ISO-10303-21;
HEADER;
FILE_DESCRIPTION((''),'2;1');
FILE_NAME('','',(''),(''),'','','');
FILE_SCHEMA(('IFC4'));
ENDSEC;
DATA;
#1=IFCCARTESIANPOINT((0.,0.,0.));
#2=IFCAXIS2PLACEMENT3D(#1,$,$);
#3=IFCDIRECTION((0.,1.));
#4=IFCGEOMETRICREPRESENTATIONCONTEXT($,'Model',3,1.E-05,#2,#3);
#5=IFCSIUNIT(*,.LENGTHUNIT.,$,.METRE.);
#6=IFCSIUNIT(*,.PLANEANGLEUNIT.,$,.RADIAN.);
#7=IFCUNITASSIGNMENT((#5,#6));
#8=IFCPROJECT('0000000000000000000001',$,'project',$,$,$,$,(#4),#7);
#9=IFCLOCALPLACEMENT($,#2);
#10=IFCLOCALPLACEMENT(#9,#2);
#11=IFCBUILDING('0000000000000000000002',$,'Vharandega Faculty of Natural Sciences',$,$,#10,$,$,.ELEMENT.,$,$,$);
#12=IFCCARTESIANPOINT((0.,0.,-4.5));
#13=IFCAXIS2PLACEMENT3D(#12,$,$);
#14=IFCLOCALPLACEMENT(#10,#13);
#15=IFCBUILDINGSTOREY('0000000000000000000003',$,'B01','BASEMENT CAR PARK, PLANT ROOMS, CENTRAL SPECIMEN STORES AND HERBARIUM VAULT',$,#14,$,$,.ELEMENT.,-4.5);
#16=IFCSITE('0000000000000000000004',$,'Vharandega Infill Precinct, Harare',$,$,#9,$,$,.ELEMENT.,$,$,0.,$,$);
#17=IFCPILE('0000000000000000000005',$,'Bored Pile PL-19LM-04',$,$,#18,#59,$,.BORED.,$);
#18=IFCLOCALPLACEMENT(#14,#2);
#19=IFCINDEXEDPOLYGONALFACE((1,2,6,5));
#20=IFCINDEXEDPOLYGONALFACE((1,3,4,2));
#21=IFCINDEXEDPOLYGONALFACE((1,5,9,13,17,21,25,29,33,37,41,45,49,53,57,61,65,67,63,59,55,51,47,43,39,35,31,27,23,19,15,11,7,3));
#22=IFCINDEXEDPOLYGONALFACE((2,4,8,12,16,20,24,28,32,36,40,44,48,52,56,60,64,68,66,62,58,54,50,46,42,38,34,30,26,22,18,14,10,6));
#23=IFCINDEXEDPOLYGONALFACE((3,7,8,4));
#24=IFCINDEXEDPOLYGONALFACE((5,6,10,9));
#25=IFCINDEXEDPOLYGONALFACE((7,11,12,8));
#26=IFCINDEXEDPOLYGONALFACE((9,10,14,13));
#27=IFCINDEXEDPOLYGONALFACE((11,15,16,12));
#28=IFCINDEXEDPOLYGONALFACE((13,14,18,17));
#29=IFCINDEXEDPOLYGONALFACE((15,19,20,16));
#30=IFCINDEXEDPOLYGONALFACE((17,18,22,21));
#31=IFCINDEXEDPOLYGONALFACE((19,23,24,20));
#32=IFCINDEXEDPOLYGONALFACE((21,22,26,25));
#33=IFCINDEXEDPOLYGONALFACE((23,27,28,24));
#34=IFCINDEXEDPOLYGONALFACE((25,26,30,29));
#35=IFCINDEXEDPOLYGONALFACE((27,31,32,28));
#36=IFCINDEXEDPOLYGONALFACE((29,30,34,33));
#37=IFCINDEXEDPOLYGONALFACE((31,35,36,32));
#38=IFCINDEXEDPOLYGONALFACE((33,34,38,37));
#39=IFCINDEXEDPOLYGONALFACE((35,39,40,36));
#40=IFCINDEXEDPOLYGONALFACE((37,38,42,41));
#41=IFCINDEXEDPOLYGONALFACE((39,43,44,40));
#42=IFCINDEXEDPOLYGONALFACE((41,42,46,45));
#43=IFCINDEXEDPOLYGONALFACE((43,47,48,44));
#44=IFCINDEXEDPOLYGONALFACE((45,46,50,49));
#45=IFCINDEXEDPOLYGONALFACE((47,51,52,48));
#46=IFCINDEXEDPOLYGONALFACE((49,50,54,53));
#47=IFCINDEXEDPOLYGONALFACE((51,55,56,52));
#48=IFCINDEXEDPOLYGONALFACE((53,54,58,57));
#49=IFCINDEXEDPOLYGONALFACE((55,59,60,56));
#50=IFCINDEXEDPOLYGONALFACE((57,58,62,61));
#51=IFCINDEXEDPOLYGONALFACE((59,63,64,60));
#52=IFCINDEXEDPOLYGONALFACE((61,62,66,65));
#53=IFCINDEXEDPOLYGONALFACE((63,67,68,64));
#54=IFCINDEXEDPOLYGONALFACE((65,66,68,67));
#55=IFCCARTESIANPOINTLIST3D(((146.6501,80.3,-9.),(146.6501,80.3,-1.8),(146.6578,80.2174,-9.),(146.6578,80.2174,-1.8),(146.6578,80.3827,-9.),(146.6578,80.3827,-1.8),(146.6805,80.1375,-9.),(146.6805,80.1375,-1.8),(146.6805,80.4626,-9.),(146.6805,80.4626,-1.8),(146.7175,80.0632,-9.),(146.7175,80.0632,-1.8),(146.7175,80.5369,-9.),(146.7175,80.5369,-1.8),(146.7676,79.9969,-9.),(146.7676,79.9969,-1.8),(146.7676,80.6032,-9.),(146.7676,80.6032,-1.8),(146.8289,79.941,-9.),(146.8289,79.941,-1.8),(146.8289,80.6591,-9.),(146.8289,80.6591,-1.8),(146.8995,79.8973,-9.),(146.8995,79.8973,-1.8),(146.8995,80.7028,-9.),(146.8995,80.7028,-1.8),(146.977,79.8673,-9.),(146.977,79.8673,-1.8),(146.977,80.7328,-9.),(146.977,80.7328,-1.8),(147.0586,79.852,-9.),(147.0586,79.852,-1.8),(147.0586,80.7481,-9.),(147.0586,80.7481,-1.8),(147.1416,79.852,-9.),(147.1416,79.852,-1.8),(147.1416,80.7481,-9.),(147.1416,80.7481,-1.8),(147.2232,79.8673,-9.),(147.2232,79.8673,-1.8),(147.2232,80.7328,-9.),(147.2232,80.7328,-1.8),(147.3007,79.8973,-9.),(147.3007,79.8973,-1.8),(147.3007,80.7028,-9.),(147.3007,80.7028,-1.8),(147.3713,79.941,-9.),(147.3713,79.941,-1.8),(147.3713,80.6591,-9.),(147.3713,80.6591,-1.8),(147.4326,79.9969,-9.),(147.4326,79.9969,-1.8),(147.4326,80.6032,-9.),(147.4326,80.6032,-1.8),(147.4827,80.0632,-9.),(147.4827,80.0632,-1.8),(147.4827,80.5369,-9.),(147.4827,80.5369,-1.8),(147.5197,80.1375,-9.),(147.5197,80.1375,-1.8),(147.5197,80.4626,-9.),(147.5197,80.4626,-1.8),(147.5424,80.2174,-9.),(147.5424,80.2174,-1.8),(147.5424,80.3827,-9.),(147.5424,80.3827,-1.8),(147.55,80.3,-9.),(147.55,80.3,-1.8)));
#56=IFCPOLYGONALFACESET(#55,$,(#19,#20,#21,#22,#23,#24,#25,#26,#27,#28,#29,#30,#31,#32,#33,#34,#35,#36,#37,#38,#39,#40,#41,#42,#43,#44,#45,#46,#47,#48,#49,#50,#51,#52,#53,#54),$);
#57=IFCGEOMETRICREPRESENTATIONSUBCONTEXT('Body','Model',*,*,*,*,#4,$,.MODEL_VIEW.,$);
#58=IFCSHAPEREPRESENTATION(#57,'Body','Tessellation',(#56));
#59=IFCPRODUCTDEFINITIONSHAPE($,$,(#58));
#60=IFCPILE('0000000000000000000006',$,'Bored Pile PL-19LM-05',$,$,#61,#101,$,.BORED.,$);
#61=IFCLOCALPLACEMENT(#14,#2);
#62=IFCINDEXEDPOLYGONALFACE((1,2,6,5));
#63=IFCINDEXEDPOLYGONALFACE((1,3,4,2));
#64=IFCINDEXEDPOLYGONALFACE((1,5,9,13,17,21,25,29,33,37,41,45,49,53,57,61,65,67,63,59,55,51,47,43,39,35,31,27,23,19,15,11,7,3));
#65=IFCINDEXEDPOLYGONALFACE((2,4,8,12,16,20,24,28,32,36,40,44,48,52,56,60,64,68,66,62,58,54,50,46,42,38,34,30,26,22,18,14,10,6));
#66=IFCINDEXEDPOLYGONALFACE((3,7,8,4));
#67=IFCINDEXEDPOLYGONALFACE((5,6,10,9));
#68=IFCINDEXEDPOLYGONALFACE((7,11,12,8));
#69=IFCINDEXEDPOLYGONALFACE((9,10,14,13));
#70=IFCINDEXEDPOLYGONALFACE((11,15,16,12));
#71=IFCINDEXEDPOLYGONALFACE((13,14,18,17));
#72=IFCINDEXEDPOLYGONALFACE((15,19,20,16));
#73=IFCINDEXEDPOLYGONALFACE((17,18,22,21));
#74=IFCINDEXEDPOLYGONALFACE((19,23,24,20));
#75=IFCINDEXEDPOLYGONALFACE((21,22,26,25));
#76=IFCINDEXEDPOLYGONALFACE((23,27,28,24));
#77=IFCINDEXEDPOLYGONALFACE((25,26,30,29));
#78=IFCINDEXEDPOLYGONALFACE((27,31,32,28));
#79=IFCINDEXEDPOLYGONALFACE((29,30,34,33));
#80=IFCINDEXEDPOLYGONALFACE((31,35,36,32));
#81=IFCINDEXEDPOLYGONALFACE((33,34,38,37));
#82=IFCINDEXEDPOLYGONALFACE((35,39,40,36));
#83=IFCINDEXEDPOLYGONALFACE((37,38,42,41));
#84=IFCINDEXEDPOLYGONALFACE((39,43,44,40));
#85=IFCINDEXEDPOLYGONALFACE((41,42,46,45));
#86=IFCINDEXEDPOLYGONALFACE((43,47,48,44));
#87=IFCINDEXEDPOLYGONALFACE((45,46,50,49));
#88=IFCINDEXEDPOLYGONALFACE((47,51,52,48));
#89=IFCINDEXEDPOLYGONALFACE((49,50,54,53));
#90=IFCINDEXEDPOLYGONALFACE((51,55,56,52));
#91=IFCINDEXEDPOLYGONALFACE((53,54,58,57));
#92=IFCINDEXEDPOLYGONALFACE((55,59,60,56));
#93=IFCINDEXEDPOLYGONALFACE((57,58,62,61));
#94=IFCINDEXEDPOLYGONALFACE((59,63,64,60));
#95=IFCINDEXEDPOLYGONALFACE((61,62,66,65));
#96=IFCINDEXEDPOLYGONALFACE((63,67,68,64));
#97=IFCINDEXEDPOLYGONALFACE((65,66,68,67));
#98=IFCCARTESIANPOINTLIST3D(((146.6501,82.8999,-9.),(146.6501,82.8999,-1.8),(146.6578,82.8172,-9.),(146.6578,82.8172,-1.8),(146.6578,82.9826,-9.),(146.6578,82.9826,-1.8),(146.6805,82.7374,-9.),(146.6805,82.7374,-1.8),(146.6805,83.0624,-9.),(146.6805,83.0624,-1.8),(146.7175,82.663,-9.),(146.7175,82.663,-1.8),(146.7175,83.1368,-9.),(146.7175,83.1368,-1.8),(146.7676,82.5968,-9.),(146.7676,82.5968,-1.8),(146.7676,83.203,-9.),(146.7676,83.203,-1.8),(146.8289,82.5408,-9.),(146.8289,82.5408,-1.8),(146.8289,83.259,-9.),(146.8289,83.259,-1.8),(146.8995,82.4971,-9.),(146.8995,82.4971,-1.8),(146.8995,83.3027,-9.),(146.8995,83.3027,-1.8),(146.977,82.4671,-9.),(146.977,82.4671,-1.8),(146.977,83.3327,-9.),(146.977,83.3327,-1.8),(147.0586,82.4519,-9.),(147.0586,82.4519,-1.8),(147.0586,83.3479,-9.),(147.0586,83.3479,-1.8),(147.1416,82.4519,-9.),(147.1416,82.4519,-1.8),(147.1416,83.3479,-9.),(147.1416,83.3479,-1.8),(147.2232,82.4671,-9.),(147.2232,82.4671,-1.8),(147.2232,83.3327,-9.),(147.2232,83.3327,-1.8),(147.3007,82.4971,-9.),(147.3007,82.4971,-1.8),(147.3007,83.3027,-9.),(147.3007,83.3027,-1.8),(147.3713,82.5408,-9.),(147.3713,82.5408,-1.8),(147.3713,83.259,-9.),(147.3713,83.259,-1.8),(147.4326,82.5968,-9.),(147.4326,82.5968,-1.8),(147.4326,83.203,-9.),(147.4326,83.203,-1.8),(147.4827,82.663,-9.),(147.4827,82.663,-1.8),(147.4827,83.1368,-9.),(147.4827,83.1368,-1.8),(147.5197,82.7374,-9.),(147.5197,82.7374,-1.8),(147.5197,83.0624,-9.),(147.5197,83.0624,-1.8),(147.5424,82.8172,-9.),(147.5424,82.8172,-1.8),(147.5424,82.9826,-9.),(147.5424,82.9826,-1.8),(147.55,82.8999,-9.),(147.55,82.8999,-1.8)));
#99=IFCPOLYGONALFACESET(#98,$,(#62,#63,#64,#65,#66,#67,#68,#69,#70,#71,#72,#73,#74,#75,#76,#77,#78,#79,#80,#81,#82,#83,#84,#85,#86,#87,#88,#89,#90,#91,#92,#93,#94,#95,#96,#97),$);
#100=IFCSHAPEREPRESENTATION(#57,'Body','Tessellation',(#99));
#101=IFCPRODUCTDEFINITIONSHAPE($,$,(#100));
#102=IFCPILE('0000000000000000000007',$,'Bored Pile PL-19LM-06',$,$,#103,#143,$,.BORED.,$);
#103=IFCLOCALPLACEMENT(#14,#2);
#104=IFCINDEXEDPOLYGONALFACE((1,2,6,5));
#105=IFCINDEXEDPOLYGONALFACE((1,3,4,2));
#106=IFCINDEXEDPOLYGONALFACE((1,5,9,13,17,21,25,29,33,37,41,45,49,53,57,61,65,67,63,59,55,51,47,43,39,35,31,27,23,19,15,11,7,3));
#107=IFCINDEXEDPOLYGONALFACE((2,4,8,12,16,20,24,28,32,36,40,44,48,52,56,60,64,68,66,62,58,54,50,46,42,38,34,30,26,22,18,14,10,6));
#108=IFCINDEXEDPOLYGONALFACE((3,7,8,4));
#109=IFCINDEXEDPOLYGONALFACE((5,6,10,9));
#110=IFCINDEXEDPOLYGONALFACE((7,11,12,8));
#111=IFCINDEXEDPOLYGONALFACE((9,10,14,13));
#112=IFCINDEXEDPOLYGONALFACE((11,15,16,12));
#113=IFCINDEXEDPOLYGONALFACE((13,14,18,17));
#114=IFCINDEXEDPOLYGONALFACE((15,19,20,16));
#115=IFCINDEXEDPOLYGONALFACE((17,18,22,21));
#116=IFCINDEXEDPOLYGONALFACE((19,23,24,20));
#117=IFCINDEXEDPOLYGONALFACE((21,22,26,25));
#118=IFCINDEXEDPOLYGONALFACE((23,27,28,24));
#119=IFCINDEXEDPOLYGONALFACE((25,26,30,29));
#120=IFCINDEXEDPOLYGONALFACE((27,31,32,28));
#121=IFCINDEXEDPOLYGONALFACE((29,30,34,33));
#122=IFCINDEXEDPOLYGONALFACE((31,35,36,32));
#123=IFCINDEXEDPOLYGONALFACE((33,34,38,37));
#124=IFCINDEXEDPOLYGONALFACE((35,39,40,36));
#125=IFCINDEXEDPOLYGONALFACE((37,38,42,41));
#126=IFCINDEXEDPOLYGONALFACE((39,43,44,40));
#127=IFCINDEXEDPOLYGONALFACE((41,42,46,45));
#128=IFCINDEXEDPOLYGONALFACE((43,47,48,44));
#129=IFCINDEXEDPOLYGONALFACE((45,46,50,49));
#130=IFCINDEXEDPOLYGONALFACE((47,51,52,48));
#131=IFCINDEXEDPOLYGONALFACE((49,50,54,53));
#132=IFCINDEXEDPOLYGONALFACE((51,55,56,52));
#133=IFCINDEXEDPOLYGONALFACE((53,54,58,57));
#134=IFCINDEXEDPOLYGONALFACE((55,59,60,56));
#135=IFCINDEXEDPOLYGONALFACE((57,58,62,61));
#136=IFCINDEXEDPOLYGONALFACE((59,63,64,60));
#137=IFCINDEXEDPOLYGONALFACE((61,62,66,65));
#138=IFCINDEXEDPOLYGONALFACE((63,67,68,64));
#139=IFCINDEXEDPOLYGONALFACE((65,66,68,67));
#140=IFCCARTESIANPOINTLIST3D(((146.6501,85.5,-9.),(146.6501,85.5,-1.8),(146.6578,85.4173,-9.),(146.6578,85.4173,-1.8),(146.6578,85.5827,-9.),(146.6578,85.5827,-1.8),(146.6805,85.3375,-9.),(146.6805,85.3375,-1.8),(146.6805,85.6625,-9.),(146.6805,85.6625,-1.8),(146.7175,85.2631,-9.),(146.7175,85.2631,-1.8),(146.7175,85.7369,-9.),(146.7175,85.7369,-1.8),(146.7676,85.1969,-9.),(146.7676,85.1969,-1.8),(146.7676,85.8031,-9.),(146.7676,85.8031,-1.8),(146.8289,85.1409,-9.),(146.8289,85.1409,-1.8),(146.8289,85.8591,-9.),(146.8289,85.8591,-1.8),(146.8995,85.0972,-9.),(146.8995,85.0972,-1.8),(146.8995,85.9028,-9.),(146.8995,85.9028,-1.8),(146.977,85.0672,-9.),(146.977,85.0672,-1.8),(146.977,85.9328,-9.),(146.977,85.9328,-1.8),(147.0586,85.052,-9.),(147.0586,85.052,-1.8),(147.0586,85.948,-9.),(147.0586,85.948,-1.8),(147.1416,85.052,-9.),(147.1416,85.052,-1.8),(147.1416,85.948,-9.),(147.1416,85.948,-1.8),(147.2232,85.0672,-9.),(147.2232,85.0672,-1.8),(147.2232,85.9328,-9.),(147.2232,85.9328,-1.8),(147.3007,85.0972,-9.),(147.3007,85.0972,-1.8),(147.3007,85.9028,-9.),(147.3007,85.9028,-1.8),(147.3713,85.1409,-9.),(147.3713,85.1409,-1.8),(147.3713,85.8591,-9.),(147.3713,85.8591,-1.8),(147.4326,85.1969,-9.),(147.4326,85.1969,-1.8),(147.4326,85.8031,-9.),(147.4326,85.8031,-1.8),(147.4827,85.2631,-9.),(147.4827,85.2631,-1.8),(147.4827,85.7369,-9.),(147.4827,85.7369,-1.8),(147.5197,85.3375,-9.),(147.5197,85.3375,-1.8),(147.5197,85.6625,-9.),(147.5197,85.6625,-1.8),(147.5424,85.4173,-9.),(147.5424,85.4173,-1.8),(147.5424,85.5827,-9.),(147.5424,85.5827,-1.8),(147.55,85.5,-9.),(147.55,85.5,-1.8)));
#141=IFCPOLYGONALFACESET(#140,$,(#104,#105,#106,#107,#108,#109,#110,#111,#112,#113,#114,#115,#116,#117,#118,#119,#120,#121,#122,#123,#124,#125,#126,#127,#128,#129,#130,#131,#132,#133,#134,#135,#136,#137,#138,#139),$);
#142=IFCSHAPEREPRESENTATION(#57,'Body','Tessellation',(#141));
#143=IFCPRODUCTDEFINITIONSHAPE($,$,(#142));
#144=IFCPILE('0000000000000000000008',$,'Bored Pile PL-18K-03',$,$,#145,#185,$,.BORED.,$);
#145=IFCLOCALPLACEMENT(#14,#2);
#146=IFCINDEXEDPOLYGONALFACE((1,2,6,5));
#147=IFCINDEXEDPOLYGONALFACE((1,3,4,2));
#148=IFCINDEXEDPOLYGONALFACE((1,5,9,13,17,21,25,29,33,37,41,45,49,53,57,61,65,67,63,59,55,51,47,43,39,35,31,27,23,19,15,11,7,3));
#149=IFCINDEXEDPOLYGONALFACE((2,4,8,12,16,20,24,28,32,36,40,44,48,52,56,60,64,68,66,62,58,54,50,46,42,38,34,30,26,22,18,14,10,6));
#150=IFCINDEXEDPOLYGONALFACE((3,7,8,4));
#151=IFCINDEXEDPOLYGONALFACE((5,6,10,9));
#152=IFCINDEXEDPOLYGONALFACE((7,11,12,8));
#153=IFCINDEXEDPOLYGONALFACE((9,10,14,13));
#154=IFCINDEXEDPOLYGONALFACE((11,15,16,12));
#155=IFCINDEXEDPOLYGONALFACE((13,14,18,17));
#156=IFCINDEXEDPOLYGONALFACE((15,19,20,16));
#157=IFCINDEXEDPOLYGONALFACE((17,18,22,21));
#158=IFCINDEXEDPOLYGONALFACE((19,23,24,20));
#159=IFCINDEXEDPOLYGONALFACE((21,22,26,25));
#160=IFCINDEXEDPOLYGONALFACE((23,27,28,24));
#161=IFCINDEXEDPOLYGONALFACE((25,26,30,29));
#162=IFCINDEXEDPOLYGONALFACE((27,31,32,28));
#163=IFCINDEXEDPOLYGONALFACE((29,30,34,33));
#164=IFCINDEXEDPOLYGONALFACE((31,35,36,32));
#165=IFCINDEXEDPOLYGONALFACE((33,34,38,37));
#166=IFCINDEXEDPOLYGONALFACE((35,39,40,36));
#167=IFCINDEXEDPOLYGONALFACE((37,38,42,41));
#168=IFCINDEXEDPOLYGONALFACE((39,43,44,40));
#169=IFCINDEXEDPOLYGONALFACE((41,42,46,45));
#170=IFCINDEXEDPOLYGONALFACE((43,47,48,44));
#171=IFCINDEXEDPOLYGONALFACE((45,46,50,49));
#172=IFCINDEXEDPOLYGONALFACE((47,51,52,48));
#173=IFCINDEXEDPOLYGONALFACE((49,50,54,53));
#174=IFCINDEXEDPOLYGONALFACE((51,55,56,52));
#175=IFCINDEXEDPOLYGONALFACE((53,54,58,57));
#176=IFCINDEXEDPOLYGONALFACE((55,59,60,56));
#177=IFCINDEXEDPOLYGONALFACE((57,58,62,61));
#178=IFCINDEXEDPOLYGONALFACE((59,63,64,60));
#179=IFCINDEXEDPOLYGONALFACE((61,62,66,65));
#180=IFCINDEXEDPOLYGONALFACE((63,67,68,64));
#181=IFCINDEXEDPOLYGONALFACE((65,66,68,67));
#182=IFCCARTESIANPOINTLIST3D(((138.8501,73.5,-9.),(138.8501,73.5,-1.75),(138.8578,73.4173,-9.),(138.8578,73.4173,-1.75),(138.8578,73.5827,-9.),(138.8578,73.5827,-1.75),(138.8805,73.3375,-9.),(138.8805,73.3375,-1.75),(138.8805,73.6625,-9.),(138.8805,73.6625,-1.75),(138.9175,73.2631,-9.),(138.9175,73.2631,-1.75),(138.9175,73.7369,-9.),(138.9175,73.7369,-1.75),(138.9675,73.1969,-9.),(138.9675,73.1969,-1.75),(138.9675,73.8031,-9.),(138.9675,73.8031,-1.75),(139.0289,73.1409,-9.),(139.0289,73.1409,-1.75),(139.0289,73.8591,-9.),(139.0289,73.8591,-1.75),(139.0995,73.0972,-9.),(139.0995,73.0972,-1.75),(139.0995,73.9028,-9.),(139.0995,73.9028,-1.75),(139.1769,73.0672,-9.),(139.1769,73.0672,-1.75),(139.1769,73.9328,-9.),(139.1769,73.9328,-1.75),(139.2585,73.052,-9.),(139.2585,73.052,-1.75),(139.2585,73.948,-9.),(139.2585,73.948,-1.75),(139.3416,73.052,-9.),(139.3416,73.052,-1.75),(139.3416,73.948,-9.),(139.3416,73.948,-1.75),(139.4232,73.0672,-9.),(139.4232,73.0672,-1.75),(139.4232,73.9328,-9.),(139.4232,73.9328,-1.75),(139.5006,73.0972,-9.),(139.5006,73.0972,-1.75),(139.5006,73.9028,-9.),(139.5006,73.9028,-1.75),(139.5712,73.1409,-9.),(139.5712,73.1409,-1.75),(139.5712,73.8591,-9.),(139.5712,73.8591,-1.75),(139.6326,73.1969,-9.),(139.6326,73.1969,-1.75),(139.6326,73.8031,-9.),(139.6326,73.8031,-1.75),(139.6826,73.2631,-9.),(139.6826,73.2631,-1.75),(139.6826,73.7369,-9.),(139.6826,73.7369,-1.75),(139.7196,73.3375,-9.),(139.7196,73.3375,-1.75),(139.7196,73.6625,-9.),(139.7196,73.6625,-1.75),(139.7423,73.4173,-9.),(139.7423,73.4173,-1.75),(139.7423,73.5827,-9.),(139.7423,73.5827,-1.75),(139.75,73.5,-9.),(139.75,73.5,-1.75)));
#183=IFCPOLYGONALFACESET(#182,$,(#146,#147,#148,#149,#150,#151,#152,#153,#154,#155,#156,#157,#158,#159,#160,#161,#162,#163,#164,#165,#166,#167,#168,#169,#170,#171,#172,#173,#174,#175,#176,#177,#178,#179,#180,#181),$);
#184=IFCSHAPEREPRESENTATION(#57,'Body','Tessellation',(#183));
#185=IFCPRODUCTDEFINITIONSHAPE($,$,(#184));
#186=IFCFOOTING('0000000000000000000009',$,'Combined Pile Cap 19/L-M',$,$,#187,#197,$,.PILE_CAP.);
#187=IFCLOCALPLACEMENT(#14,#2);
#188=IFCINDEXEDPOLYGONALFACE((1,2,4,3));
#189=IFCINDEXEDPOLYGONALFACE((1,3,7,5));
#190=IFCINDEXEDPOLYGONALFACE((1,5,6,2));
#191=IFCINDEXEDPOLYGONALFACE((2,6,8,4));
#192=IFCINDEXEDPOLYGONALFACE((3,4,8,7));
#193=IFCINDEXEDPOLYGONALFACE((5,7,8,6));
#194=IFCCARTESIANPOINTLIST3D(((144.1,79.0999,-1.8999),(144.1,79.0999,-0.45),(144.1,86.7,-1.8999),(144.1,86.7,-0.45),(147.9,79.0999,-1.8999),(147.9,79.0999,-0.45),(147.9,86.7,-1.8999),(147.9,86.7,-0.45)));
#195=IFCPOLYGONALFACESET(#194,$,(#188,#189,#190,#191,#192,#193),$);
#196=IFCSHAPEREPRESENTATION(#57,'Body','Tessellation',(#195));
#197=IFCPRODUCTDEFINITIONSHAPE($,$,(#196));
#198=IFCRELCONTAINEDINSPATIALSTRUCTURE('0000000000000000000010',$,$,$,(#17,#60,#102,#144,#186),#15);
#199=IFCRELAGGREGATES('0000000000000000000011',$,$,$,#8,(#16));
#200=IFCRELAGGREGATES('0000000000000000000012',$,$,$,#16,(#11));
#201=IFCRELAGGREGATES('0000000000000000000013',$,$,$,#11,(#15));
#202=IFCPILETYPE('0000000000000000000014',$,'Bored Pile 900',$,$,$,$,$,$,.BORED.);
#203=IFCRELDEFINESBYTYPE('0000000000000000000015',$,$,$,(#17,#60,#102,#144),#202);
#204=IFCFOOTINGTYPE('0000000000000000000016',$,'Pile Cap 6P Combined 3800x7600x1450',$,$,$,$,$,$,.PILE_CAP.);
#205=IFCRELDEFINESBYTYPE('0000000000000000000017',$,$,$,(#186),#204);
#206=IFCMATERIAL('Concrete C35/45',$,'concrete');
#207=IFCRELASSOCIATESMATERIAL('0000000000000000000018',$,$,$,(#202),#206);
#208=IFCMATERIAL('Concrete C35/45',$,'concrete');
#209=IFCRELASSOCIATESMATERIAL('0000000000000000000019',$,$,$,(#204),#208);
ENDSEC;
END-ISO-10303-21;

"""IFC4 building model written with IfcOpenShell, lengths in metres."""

from ifc_helpers import new_model, si_unit, direction, frame, origin, origin_2d, place, context, subcontext, project, spatial, rectangle, circle, extrude, material, material_profile, profile_set, type_object, element, save


model = new_model("IFC4")

# Units and contexts
model_context = context("Model", 3, precision=1e-05, world=origin(), true_north=direction((0.0, 1.0)))
body_context = subcontext(model_context, "Body", "Model", "MODEL_VIEW")
ifc_project = project(units=[si_unit("LENGTHUNIT", "METRE"), si_unit("PLANEANGLEUNIT", "RADIAN")], contexts=[model_context])

# Site, building, storey
site_placement = place(None, origin())
site = spatial("IfcSite", under=ifc_project, at=site_placement, Name="Vharandega Infill Precinct, Harare", CompositionType="ELEMENT", RefElevation=0.0)
building_placement = place(site_placement, origin())
building = spatial("IfcBuilding", under=site, at=building_placement, Name="Vharandega Faculty of Natural Sciences", CompositionType="ELEMENT")
storey_placement = place(building_placement, frame((0.0, 0.0, -4.5)))
storey = spatial("IfcBuildingStorey", under=building, at=storey_placement, Name="B01", Description="BASEMENT CAR PARK, PLANT ROOMS, CENTRAL SPECIMEN STORES AND HERBARIUM VAULT", CompositionType="ELEMENT", Elevation=-4.5)

# Piles
ifc_material_1 = material(Name="Concrete C35/45", Category="concrete")
ifc_material_profile_1 = material_profile(ifc_material_1, circle(Radius=0.45, at=origin_2d()), Name="PILE 900")
ifc_profile_set_1 = profile_set([ifc_material_profile_1], Name="Concrete C35/45")
pile_type = type_object("IfcPileType", Name="Bored Pile 900", PredefinedType="BORED", material=ifc_profile_set_1)
for number, where, z_axis, x_axis, name in (
    (1, (147.1001, 80.3, -1.8), (0.0, 0.0, -1.0), (1.0, 0.0, 0.0), "Bored Pile PL-19LM-04"),
    (2, (147.1001, 82.8999, -1.8), (0.0, 0.0, -1.0), (1.0, 0.0, 0.0), "Bored Pile PL-19LM-05"),
    (3, (147.1001, 85.5, -1.8), (0.0, 0.0, -1.0), (1.0, 0.0, 0.0), "Bored Pile PL-19LM-06"),
):
    element("IfcPile", number, at=place(storey_placement, frame(where, z_axis=z_axis, x_axis=x_axis)), inside=storey, type_object=pile_type, Name=name, PredefinedType="BORED", context=body_context, shape_type="SweptSolid", body=[
        extrude(circle(Radius=0.45, at=origin_2d()), origin(), (0.0, 0.0, 1.0), 7.2),
    ])
pile_placement = place(storey_placement, frame((139.3, 73.5, -1.75), z_axis=(0.0, 0.0, -1.0), x_axis=(1.0, 0.0, 0.0)))
element("IfcPile", 4, at=pile_placement, inside=storey, type_object=pile_type, Name="Bored Pile PL-18K-03", PredefinedType="BORED", context=body_context, shape_type="SweptSolid", body=[
    extrude(circle(Radius=0.45, at=origin_2d()), origin(), (0.0, 0.0, 1.0), 7.25),
])

# Footing
ifc_material_2 = material(Name="Concrete C35/45", Category="concrete")
footing_type = type_object("IfcFootingType", Name="Pile Cap 6P Combined 3800x7600x1450", PredefinedType="PILE_CAP", material=ifc_material_2)
footing_placement = place(storey_placement, frame((146.0, 82.8999, -1.8999), z_axis=(0.0, 0.0, 1.0), x_axis=(1.0, 0.0, 0.0)))
element("IfcFooting", 5, at=footing_placement, inside=storey, type_object=footing_type, Name="Combined Pile Cap 19/L-M", PredefinedType="PILE_CAP", context=body_context, shape_type="SweptSolid", body=[
    extrude(rectangle(XDim=3.8, YDim=7.6001, at=origin_2d()), origin(), (0.0, 0.0, 1.0), 1.45),
])

save(model, "model.ifc")
